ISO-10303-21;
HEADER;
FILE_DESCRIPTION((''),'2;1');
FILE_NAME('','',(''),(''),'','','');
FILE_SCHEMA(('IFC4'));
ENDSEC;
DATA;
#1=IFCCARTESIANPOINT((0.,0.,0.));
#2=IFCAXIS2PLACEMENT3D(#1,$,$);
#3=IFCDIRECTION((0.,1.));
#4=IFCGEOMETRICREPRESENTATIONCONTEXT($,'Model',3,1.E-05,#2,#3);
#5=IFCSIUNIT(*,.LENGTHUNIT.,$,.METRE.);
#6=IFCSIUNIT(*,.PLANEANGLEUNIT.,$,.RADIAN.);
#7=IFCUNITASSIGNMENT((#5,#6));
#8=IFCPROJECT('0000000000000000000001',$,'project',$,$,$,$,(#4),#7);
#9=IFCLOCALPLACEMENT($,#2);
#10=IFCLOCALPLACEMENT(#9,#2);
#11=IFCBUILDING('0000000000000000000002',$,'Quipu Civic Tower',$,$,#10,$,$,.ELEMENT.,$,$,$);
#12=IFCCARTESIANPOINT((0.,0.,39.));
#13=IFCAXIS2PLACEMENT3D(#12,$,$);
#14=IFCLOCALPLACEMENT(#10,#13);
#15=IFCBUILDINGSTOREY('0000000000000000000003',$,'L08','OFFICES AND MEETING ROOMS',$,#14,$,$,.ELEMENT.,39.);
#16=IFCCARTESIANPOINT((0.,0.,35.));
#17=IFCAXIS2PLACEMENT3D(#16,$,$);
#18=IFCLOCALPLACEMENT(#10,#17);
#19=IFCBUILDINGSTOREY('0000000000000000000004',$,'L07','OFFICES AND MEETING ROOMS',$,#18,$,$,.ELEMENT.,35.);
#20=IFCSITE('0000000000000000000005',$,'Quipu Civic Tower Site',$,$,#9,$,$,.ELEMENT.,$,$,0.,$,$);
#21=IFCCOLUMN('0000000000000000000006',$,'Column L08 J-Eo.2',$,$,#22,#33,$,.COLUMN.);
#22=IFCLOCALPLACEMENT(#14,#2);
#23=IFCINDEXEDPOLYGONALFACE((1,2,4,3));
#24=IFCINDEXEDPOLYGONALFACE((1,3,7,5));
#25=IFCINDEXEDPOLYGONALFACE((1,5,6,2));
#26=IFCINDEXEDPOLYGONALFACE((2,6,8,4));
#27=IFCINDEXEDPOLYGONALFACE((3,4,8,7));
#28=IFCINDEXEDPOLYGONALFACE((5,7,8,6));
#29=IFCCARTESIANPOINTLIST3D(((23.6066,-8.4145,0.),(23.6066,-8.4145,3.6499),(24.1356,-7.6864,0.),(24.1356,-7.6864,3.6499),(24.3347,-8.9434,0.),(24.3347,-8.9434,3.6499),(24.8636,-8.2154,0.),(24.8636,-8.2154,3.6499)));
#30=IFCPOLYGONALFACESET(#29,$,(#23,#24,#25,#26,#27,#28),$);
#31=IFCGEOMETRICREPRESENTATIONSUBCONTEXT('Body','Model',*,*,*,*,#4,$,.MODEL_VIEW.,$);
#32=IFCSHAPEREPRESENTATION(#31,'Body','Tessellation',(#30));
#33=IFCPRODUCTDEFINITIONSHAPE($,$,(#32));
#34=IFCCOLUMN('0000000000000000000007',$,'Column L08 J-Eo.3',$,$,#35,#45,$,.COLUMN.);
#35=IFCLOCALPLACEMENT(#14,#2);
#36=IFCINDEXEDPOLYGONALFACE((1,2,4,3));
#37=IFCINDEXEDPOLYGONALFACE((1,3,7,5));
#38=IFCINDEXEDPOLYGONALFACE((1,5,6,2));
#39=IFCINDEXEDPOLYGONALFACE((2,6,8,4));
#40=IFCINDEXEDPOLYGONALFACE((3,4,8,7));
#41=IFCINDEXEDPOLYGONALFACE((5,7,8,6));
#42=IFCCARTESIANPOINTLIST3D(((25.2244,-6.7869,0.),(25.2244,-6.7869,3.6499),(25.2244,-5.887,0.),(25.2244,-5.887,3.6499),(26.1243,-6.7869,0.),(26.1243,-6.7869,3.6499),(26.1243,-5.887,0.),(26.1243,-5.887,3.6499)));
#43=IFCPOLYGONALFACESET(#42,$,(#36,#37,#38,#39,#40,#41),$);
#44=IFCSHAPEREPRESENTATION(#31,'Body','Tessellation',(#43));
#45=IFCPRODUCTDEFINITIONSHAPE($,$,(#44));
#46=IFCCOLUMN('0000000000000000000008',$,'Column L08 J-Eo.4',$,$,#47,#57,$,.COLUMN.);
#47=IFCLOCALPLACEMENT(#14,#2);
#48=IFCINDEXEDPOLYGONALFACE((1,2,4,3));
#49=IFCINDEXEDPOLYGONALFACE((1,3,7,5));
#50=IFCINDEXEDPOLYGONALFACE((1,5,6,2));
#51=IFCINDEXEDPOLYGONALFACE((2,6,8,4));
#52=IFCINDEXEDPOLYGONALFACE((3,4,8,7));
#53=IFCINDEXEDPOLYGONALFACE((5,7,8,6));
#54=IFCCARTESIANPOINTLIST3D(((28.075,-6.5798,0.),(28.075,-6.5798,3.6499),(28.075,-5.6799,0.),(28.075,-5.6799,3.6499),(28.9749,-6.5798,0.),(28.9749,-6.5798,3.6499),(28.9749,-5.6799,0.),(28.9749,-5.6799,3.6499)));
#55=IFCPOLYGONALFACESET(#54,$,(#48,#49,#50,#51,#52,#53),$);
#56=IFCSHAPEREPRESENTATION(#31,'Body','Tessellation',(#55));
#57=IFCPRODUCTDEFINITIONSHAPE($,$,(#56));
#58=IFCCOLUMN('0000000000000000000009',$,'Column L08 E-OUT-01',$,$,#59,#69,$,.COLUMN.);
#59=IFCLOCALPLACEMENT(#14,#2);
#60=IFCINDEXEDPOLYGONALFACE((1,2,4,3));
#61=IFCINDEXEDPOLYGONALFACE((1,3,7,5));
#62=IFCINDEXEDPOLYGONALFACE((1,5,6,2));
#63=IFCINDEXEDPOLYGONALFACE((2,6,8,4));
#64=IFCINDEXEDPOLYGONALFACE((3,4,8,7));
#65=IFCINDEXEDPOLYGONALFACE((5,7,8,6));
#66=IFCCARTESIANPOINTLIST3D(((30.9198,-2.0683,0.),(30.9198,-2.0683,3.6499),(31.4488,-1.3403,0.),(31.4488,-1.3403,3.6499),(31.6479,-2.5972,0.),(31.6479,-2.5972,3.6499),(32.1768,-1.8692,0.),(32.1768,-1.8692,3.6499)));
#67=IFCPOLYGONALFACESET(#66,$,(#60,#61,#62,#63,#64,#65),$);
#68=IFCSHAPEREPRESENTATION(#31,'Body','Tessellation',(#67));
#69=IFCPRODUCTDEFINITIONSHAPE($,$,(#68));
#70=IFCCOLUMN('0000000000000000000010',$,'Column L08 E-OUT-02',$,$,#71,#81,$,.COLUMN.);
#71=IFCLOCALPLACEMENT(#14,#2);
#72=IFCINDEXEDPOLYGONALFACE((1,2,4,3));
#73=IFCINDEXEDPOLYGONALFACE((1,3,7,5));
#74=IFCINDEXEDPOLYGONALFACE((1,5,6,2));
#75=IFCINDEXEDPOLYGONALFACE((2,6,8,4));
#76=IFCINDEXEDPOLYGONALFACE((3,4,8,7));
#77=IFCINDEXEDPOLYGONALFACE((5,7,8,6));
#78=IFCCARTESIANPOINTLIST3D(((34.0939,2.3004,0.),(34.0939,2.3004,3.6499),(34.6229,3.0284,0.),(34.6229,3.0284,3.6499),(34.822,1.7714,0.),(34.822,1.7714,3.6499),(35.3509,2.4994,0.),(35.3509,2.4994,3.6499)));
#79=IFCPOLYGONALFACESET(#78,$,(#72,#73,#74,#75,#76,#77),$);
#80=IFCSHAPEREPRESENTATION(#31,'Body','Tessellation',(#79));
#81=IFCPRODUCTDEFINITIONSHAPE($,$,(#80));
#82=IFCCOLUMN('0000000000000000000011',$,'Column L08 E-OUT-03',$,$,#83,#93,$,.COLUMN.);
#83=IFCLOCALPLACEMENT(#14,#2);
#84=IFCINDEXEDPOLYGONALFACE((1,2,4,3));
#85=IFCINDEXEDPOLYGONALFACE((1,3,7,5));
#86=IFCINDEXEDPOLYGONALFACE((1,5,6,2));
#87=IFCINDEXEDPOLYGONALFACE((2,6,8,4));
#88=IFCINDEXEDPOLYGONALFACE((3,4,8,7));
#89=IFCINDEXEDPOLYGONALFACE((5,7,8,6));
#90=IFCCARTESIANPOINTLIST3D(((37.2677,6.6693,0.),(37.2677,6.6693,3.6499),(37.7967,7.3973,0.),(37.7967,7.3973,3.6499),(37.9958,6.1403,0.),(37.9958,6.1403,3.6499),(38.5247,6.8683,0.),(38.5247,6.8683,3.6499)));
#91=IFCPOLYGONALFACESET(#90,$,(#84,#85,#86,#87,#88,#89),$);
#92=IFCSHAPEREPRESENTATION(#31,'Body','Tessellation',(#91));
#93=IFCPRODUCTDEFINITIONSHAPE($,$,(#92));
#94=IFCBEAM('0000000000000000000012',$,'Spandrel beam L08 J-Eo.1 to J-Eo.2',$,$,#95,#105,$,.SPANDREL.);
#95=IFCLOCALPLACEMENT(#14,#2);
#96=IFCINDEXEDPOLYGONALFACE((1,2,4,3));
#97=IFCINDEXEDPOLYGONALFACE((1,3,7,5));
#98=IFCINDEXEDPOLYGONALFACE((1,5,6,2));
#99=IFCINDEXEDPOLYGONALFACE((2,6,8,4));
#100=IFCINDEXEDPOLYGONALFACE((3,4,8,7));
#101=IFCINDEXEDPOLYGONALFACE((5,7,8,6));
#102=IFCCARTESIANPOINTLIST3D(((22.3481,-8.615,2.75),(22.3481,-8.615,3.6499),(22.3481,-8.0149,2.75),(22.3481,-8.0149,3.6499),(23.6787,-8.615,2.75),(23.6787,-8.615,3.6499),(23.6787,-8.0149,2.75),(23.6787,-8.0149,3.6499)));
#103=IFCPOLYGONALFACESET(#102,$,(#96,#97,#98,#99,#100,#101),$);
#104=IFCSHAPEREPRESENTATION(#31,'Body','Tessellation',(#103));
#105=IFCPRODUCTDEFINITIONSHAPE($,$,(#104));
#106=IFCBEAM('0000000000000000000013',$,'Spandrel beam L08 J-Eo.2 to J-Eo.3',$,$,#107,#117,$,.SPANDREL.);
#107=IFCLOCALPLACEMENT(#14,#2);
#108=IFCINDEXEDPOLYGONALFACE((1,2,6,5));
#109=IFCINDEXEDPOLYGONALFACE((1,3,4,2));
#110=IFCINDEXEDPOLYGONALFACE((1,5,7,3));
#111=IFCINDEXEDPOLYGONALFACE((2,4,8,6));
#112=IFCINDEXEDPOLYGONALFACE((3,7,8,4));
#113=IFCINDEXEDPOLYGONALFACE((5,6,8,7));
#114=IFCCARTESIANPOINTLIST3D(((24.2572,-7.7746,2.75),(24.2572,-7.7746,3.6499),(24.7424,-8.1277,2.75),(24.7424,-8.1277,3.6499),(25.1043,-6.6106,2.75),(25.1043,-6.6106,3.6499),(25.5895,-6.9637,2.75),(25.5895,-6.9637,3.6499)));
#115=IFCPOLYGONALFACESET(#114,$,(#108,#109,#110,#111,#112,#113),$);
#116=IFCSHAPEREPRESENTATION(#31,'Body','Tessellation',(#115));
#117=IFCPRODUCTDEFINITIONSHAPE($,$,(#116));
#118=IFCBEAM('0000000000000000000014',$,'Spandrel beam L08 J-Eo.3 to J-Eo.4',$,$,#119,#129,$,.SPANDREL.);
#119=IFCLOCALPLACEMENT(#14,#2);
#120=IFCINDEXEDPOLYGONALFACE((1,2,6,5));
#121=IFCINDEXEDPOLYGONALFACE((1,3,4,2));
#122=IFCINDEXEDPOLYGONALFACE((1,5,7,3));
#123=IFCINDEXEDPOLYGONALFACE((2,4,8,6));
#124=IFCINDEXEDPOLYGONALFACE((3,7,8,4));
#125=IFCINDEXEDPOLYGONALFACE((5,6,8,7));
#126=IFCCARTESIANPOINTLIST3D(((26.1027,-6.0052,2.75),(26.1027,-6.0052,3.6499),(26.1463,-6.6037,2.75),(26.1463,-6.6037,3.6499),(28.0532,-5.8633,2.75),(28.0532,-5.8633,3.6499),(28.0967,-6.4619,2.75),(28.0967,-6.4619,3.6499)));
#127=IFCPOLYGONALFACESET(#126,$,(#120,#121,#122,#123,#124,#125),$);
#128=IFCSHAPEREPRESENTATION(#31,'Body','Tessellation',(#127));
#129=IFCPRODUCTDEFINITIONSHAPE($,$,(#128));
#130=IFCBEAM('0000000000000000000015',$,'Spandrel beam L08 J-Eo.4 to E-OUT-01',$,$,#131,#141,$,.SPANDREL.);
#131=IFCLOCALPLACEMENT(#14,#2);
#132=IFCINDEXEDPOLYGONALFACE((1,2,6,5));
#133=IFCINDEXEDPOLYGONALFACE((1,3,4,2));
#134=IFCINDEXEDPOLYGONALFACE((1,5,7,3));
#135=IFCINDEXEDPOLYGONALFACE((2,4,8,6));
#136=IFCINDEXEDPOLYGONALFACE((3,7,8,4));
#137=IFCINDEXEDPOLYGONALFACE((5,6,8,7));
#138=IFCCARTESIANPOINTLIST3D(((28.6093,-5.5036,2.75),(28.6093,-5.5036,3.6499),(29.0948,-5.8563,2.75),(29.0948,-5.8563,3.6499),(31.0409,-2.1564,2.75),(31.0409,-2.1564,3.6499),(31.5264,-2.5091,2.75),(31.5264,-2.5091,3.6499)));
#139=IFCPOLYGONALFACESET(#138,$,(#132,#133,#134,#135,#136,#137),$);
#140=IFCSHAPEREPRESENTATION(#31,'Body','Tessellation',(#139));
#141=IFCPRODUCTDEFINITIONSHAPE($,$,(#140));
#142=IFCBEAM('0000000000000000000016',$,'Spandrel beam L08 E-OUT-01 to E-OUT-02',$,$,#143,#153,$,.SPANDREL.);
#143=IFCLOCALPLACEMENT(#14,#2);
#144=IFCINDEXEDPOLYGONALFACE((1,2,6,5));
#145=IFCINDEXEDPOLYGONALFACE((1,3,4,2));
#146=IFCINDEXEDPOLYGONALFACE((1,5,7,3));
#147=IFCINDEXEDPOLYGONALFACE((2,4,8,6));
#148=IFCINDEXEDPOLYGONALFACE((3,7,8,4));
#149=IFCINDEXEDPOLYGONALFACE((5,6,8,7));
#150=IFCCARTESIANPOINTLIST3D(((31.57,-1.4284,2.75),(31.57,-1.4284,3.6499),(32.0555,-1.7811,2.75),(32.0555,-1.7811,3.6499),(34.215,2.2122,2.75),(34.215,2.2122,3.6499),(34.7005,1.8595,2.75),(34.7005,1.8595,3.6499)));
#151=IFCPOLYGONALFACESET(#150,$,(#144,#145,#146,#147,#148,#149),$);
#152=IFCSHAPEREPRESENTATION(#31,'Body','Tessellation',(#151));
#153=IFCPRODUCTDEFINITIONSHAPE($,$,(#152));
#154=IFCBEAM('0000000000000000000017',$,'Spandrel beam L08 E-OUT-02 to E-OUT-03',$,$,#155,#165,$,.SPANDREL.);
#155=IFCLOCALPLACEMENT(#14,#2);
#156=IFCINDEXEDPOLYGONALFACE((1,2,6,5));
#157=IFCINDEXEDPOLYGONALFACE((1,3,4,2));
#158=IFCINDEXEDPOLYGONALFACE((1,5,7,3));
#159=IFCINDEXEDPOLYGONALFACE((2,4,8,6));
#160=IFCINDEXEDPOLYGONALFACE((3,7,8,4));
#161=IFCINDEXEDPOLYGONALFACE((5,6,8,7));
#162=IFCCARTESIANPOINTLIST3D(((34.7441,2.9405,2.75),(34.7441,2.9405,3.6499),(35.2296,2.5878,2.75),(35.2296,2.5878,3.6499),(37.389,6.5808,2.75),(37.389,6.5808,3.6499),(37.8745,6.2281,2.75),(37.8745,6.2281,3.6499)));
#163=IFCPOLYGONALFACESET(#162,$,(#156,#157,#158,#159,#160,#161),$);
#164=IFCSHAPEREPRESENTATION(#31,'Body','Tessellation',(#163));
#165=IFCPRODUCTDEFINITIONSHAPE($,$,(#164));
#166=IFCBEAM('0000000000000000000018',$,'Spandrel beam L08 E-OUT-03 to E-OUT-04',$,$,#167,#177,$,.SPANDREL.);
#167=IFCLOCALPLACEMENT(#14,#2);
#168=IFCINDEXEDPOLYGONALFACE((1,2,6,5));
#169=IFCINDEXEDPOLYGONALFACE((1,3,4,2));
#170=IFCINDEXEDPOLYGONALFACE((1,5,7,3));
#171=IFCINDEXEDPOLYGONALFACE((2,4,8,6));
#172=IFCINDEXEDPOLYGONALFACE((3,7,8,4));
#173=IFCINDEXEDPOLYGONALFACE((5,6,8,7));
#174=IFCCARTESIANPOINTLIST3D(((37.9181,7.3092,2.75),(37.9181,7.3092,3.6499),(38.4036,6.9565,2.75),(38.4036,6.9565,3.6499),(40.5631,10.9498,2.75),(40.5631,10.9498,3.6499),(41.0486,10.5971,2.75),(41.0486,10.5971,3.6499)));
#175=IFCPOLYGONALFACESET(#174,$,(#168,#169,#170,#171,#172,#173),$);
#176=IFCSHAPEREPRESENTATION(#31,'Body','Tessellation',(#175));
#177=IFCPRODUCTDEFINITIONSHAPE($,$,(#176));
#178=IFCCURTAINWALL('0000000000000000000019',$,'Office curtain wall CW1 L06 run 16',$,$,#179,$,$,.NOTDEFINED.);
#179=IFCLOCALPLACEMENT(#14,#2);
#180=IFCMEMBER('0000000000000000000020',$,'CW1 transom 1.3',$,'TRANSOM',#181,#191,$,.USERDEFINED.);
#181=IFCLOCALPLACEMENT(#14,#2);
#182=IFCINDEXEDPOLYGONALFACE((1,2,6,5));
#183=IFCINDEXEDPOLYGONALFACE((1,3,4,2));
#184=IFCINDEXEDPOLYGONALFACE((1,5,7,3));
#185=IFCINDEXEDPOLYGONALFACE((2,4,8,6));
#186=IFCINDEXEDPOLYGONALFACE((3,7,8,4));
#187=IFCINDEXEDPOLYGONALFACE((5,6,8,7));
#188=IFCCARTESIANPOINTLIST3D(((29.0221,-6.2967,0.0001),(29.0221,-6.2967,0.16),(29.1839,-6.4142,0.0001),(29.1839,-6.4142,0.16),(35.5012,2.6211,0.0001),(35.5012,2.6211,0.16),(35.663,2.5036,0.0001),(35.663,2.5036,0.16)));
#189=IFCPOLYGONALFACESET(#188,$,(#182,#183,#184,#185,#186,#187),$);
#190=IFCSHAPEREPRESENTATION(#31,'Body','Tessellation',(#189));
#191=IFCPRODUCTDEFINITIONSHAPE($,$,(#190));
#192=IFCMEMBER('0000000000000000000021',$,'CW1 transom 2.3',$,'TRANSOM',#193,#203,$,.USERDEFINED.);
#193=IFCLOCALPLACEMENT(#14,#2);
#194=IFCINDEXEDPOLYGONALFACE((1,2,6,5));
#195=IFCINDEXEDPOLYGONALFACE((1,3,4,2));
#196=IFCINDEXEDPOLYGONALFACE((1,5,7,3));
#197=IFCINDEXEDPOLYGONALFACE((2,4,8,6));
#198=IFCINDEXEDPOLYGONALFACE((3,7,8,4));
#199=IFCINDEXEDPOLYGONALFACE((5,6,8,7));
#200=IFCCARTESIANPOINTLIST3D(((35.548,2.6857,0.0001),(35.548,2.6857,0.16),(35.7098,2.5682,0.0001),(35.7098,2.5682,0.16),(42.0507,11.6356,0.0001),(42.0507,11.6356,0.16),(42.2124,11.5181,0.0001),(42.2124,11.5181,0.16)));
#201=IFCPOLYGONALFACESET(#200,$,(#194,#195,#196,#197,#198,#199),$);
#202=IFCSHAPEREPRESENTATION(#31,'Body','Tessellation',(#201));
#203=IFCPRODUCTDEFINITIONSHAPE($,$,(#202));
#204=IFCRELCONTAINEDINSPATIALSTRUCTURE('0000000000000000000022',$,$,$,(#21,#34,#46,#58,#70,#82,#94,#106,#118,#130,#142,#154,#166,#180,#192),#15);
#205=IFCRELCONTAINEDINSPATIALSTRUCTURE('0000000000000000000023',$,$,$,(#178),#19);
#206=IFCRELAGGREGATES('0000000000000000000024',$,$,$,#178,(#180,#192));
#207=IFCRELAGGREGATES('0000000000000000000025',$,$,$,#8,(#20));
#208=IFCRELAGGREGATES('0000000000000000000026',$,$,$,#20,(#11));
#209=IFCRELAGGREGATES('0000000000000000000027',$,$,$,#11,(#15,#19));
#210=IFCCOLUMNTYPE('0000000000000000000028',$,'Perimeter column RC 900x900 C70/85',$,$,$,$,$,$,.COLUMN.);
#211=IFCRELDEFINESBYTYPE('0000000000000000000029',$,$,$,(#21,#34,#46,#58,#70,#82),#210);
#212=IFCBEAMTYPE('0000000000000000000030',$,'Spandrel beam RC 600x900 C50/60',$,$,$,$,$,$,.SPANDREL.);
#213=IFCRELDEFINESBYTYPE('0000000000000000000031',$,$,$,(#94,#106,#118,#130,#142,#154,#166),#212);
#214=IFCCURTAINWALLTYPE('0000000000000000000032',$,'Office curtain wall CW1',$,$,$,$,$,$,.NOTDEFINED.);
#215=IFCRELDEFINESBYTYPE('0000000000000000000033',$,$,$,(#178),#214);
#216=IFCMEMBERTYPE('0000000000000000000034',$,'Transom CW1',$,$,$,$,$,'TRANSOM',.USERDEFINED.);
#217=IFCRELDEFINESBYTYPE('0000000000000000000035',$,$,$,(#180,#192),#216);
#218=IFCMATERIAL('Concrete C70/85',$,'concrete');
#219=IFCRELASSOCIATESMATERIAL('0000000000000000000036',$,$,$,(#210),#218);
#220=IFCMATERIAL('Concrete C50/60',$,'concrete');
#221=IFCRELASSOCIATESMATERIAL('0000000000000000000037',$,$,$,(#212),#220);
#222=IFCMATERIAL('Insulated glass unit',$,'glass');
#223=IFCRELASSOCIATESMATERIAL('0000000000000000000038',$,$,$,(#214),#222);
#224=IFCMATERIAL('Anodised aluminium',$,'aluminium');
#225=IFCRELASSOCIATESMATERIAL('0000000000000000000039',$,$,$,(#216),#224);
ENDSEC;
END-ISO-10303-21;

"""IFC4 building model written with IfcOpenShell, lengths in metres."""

from ifc_helpers import new_model, si_unit, direction, frame, origin, origin_2d, place, context, subcontext, project, spatial, rectangle, extrude, material, material_profile, profile_set, type_object, element, aggregate, save


model = new_model("IFC4")

# Units and contexts
model_context = context("Model", 3, precision=1e-05, world=origin(), true_north=direction((0.0, 1.0)))
body_context = subcontext(model_context, "Body", "Model", "MODEL_VIEW")
ifc_project = project(units=[si_unit("LENGTHUNIT", "METRE"), si_unit("PLANEANGLEUNIT", "RADIAN")], contexts=[model_context])

# Site, building, storey
site_placement = place(None, origin())
site = spatial("IfcSite", under=ifc_project, at=site_placement, Name="Quipu Civic Tower Site", CompositionType="ELEMENT", RefElevation=0.0)
building_placement = place(site_placement, origin())
building = spatial("IfcBuilding", under=site, at=building_placement, Name="Quipu Civic Tower", CompositionType="ELEMENT")
storey_1_placement = place(building_placement, frame((0.0, 0.0, 39.0)))
storey_1 = spatial("IfcBuildingStorey", under=building, at=storey_1_placement, Name="L08", Description="OFFICES AND MEETING ROOMS", CompositionType="ELEMENT", Elevation=39.0)

# Columns
ifc_material_1 = material(Name="Concrete C70/85", Category="concrete")
ifc_material_profile_1 = material_profile(ifc_material_1, rectangle(XDim=0.8999, YDim=0.8999, at=origin_2d()), Name="RC900x900")
ifc_profile_set_1 = profile_set([ifc_material_profile_1], Name="Concrete C70/85")
column_type = type_object("IfcColumnType", Name="Perimeter column RC 900x900 C70/85", PredefinedType="COLUMN", material=ifc_profile_set_1)
for number, where, z_axis, x_axis, name in (
    (1, (24.2351, -8.3149, 0.0), (0.0, 0.0, 1.0), (0.587785, 0.809017, 0.0), "Column L08 J-Eo.2"),
    (2, (25.6743, -6.3369, 0.0), (0.0, 0.0, 1.0), (1.0, 0.0, 0.0), "Column L08 J-Eo.3"),
    (3, (28.5249, -6.1299, 0.0), (0.0, 0.0, 1.0), (1.0, 0.0, 0.0), "Column L08 J-Eo.4"),
    (4, (31.5483, -1.9688, 0.0), (0.0, 0.0, 1.0), (0.587785, 0.809017, 0.0), "Column L08 E-OUT-01"),
    (5, (34.7224, 2.3999, 0.0), (0.0, 0.0, 1.0), (0.587785, 0.809017, 0.0), "Column L08 E-OUT-02"),
    (6, (37.8962, 6.7688, 0.0), (0.0, 0.0, 1.0), (0.587785, 0.809017, 0.0), "Column L08 E-OUT-03"),
):
    element("IfcColumn", number, at=place(storey_1_placement, frame(where, z_axis=z_axis, x_axis=x_axis)), inside=storey_1, type_object=column_type, Name=name, PredefinedType="COLUMN", context=body_context, shape_type="SweptSolid", body=[
        extrude(rectangle(XDim=0.8999, YDim=0.8999, at=origin_2d()), origin(), (0.0, 0.0, 1.0), 3.6499),
    ])

# Beams
ifc_material_2 = material(Name="Concrete C50/60", Category="concrete")
ifc_material_profile_2 = material_profile(ifc_material_2, rectangle(XDim=0.6001, YDim=0.8999, at=origin_2d()), Name="RC600x900")
ifc_profile_set_2 = profile_set([ifc_material_profile_2], Name="Concrete C50/60")
beam_type = type_object("IfcBeamType", Name="Spandrel beam RC 600x900 C50/60", PredefinedType="SPANDREL", material=ifc_profile_set_2)
beam_1_placement = place(storey_1_placement, frame((22.3481, -8.3149, 3.2), z_axis=(1.0, 0.0, 0.0), x_axis=(0.0, 1.0, 0.0)))
element("IfcBeam", 7, at=beam_1_placement, inside=storey_1, type_object=beam_type, Name="Spandrel beam L08 J-Eo.1 to J-Eo.2", PredefinedType="SPANDREL", context=body_context, shape_type="SweptSolid", body=[
    extrude(rectangle(XDim=0.6001, YDim=0.8999, at=origin_2d()), origin(), (0.0, 0.0, 1.0), 1.3306),
])
beam_2_placement = place(storey_1_placement, frame((24.4998, -7.9512, 3.2), z_axis=(0.588434, 0.808545, 0.0), x_axis=(-0.808545, 0.588434, 0.0)))
element("IfcBeam", 8, at=beam_2_placement, inside=storey_1, type_object=beam_type, Name="Spandrel beam L08 J-Eo.2 to J-Eo.3", PredefinedType="SPANDREL", context=body_context, shape_type="SweptSolid", body=[
    extrude(rectangle(XDim=0.6001, YDim=0.8999, at=origin_2d()), origin(), (0.0, 0.0, 1.0), 1.4397),
])
beam_3_placement = place(storey_1_placement, frame((26.1245, -6.3044, 3.2), z_axis=(0.997366, 0.072533, 0.0), x_axis=(-0.072533, 0.997366, 0.0)))
element("IfcBeam", 9, at=beam_3_placement, inside=storey_1, type_object=beam_type, Name="Spandrel beam L08 J-Eo.3 to J-Eo.4", PredefinedType="SPANDREL", context=body_context, shape_type="SweptSolid", body=[
    extrude(rectangle(XDim=0.6001, YDim=0.8999, at=origin_2d()), origin(), (0.0, 0.0, 1.0), 1.9556),
])
beam_4_placement = place(storey_1_placement, frame((28.8521, -5.6799, 3.2), z_axis=(0.587751, 0.809042, 0.0), x_axis=(-0.809042, 0.587751, 0.0)))
element("IfcBeam", 10, at=beam_4_placement, inside=storey_1, type_object=beam_type, Name="Spandrel beam L08 J-Eo.4 to E-OUT-01", PredefinedType="SPANDREL", context=body_context, shape_type="SweptSolid", body=[
    extrude(rectangle(XDim=0.6001, YDim=0.8999, at=origin_2d()), origin(), (0.0, 0.0, 1.0), 4.1372),
])
beam_5_placement = place(storey_1_placement, frame((31.8127, -1.6047, 3.2), z_axis=(0.587778, 0.809022, 0.0), x_axis=(-0.809022, 0.587778, 0.0)))
element("IfcBeam", 11, at=beam_5_placement, inside=storey_1, type_object=beam_type, Name="Spandrel beam L08 E-OUT-01 to E-OUT-02", PredefinedType="SPANDREL", context=body_context, shape_type="SweptSolid", body=[
    extrude(rectangle(XDim=0.6001, YDim=0.8999, at=origin_2d()), origin(), (0.0, 0.0, 1.0), 4.5),
])
beam_6_placement = place(storey_1_placement, frame((34.9868, 2.7642, 3.2), z_axis=(0.587804, 0.809003, 0.0), x_axis=(-0.809003, 0.587804, 0.0)))
element("IfcBeam", 12, at=beam_6_placement, inside=storey_1, type_object=beam_type, Name="Spandrel beam L08 E-OUT-02 to E-OUT-03", PredefinedType="SPANDREL", context=body_context, shape_type="SweptSolid", body=[
    extrude(rectangle(XDim=0.6001, YDim=0.8999, at=origin_2d()), origin(), (0.0, 0.0, 1.0), 4.4998),
])
beam_7_placement = place(storey_1_placement, frame((38.1609, 7.1328, 3.2), z_axis=(0.587778, 0.809022, 0.0), x_axis=(-0.809022, 0.587778, 0.0)))
element("IfcBeam", 13, at=beam_7_placement, inside=storey_1, type_object=beam_type, Name="Spandrel beam L08 E-OUT-03 to E-OUT-04", PredefinedType="SPANDREL", context=body_context, shape_type="SweptSolid", body=[
    extrude(rectangle(XDim=0.6001, YDim=0.8999, at=origin_2d()), origin(), (0.0, 0.0, 1.0), 4.5),
])

# Shared definitions
storey_2_placement = place(building_placement, frame((0.0, 0.0, 35.0)))
storey_2 = spatial("IfcBuildingStorey", under=building, at=storey_2_placement, Name="L07", Description="OFFICES AND MEETING ROOMS", CompositionType="ELEMENT", Elevation=35.0)

# Curtain wall, members
ifc_material_3 = material(Name="Insulated glass unit", Category="glass")
curtain_wall_type = type_object("IfcCurtainWallType", Name="Office curtain wall CW1", PredefinedType="NOTDEFINED", material=ifc_material_3)
curtain_wall_placement = place(storey_2_placement, origin())
curtain_wall = element("IfcCurtainWall", 14, at=curtain_wall_placement, inside=storey_2, type_object=curtain_wall_type, Name="Office curtain wall CW1 L06 run 16", PredefinedType="NOTDEFINED")
ifc_material_4 = material(Name="Anodised aluminium", Category="aluminium")
ifc_material_profile_3 = material_profile(ifc_material_4, rectangle(XDim=0.2, YDim=0.1599, at=origin_2d()), Name="RECT 200x160")
ifc_profile_set_3 = profile_set([ifc_material_profile_3], Name="Anodised aluminium")
member_type = type_object("IfcMemberType", Name="Transom CW1", ElementType="TRANSOM", PredefinedType="USERDEFINED", material=ifc_profile_set_3)
member_1_placement = place(storey_1_placement, frame((29.103, -6.3555, 0.0801), z_axis=(0.587779, 0.809021, 0.0), x_axis=(-0.809021, 0.587779, 0.0)))
member_1 = element("IfcMember", 15, at=member_1_placement, inside=storey_1, type_object=member_type, Name="CW1 transom 1.3", ObjectType="TRANSOM", PredefinedType="USERDEFINED", context=body_context, shape_type="SweptSolid", body=[
    extrude(rectangle(XDim=0.2, YDim=0.1599, at=origin_2d()), origin(), (0.0, 0.0, 1.0), 11.0229),
])
member_2_placement = place(storey_1_placement, frame((35.6289, 2.627, 0.0801), z_axis=(0.587795, 0.80901, 0.0), x_axis=(-0.80901, 0.587795, 0.0)))
member_2 = element("IfcMember", 16, at=member_2_placement, inside=storey_1, type_object=member_type, Name="CW1 transom 2.3", ObjectType="TRANSOM", PredefinedType="USERDEFINED", context=body_context, shape_type="SweptSolid", body=[
    extrude(rectangle(XDim=0.2, YDim=0.1599, at=origin_2d()), origin(), (0.0, 0.0, 1.0), 11.0627),
])
aggregate(curtain_wall, [member_1, member_2])

save(model, "model.ifc")
